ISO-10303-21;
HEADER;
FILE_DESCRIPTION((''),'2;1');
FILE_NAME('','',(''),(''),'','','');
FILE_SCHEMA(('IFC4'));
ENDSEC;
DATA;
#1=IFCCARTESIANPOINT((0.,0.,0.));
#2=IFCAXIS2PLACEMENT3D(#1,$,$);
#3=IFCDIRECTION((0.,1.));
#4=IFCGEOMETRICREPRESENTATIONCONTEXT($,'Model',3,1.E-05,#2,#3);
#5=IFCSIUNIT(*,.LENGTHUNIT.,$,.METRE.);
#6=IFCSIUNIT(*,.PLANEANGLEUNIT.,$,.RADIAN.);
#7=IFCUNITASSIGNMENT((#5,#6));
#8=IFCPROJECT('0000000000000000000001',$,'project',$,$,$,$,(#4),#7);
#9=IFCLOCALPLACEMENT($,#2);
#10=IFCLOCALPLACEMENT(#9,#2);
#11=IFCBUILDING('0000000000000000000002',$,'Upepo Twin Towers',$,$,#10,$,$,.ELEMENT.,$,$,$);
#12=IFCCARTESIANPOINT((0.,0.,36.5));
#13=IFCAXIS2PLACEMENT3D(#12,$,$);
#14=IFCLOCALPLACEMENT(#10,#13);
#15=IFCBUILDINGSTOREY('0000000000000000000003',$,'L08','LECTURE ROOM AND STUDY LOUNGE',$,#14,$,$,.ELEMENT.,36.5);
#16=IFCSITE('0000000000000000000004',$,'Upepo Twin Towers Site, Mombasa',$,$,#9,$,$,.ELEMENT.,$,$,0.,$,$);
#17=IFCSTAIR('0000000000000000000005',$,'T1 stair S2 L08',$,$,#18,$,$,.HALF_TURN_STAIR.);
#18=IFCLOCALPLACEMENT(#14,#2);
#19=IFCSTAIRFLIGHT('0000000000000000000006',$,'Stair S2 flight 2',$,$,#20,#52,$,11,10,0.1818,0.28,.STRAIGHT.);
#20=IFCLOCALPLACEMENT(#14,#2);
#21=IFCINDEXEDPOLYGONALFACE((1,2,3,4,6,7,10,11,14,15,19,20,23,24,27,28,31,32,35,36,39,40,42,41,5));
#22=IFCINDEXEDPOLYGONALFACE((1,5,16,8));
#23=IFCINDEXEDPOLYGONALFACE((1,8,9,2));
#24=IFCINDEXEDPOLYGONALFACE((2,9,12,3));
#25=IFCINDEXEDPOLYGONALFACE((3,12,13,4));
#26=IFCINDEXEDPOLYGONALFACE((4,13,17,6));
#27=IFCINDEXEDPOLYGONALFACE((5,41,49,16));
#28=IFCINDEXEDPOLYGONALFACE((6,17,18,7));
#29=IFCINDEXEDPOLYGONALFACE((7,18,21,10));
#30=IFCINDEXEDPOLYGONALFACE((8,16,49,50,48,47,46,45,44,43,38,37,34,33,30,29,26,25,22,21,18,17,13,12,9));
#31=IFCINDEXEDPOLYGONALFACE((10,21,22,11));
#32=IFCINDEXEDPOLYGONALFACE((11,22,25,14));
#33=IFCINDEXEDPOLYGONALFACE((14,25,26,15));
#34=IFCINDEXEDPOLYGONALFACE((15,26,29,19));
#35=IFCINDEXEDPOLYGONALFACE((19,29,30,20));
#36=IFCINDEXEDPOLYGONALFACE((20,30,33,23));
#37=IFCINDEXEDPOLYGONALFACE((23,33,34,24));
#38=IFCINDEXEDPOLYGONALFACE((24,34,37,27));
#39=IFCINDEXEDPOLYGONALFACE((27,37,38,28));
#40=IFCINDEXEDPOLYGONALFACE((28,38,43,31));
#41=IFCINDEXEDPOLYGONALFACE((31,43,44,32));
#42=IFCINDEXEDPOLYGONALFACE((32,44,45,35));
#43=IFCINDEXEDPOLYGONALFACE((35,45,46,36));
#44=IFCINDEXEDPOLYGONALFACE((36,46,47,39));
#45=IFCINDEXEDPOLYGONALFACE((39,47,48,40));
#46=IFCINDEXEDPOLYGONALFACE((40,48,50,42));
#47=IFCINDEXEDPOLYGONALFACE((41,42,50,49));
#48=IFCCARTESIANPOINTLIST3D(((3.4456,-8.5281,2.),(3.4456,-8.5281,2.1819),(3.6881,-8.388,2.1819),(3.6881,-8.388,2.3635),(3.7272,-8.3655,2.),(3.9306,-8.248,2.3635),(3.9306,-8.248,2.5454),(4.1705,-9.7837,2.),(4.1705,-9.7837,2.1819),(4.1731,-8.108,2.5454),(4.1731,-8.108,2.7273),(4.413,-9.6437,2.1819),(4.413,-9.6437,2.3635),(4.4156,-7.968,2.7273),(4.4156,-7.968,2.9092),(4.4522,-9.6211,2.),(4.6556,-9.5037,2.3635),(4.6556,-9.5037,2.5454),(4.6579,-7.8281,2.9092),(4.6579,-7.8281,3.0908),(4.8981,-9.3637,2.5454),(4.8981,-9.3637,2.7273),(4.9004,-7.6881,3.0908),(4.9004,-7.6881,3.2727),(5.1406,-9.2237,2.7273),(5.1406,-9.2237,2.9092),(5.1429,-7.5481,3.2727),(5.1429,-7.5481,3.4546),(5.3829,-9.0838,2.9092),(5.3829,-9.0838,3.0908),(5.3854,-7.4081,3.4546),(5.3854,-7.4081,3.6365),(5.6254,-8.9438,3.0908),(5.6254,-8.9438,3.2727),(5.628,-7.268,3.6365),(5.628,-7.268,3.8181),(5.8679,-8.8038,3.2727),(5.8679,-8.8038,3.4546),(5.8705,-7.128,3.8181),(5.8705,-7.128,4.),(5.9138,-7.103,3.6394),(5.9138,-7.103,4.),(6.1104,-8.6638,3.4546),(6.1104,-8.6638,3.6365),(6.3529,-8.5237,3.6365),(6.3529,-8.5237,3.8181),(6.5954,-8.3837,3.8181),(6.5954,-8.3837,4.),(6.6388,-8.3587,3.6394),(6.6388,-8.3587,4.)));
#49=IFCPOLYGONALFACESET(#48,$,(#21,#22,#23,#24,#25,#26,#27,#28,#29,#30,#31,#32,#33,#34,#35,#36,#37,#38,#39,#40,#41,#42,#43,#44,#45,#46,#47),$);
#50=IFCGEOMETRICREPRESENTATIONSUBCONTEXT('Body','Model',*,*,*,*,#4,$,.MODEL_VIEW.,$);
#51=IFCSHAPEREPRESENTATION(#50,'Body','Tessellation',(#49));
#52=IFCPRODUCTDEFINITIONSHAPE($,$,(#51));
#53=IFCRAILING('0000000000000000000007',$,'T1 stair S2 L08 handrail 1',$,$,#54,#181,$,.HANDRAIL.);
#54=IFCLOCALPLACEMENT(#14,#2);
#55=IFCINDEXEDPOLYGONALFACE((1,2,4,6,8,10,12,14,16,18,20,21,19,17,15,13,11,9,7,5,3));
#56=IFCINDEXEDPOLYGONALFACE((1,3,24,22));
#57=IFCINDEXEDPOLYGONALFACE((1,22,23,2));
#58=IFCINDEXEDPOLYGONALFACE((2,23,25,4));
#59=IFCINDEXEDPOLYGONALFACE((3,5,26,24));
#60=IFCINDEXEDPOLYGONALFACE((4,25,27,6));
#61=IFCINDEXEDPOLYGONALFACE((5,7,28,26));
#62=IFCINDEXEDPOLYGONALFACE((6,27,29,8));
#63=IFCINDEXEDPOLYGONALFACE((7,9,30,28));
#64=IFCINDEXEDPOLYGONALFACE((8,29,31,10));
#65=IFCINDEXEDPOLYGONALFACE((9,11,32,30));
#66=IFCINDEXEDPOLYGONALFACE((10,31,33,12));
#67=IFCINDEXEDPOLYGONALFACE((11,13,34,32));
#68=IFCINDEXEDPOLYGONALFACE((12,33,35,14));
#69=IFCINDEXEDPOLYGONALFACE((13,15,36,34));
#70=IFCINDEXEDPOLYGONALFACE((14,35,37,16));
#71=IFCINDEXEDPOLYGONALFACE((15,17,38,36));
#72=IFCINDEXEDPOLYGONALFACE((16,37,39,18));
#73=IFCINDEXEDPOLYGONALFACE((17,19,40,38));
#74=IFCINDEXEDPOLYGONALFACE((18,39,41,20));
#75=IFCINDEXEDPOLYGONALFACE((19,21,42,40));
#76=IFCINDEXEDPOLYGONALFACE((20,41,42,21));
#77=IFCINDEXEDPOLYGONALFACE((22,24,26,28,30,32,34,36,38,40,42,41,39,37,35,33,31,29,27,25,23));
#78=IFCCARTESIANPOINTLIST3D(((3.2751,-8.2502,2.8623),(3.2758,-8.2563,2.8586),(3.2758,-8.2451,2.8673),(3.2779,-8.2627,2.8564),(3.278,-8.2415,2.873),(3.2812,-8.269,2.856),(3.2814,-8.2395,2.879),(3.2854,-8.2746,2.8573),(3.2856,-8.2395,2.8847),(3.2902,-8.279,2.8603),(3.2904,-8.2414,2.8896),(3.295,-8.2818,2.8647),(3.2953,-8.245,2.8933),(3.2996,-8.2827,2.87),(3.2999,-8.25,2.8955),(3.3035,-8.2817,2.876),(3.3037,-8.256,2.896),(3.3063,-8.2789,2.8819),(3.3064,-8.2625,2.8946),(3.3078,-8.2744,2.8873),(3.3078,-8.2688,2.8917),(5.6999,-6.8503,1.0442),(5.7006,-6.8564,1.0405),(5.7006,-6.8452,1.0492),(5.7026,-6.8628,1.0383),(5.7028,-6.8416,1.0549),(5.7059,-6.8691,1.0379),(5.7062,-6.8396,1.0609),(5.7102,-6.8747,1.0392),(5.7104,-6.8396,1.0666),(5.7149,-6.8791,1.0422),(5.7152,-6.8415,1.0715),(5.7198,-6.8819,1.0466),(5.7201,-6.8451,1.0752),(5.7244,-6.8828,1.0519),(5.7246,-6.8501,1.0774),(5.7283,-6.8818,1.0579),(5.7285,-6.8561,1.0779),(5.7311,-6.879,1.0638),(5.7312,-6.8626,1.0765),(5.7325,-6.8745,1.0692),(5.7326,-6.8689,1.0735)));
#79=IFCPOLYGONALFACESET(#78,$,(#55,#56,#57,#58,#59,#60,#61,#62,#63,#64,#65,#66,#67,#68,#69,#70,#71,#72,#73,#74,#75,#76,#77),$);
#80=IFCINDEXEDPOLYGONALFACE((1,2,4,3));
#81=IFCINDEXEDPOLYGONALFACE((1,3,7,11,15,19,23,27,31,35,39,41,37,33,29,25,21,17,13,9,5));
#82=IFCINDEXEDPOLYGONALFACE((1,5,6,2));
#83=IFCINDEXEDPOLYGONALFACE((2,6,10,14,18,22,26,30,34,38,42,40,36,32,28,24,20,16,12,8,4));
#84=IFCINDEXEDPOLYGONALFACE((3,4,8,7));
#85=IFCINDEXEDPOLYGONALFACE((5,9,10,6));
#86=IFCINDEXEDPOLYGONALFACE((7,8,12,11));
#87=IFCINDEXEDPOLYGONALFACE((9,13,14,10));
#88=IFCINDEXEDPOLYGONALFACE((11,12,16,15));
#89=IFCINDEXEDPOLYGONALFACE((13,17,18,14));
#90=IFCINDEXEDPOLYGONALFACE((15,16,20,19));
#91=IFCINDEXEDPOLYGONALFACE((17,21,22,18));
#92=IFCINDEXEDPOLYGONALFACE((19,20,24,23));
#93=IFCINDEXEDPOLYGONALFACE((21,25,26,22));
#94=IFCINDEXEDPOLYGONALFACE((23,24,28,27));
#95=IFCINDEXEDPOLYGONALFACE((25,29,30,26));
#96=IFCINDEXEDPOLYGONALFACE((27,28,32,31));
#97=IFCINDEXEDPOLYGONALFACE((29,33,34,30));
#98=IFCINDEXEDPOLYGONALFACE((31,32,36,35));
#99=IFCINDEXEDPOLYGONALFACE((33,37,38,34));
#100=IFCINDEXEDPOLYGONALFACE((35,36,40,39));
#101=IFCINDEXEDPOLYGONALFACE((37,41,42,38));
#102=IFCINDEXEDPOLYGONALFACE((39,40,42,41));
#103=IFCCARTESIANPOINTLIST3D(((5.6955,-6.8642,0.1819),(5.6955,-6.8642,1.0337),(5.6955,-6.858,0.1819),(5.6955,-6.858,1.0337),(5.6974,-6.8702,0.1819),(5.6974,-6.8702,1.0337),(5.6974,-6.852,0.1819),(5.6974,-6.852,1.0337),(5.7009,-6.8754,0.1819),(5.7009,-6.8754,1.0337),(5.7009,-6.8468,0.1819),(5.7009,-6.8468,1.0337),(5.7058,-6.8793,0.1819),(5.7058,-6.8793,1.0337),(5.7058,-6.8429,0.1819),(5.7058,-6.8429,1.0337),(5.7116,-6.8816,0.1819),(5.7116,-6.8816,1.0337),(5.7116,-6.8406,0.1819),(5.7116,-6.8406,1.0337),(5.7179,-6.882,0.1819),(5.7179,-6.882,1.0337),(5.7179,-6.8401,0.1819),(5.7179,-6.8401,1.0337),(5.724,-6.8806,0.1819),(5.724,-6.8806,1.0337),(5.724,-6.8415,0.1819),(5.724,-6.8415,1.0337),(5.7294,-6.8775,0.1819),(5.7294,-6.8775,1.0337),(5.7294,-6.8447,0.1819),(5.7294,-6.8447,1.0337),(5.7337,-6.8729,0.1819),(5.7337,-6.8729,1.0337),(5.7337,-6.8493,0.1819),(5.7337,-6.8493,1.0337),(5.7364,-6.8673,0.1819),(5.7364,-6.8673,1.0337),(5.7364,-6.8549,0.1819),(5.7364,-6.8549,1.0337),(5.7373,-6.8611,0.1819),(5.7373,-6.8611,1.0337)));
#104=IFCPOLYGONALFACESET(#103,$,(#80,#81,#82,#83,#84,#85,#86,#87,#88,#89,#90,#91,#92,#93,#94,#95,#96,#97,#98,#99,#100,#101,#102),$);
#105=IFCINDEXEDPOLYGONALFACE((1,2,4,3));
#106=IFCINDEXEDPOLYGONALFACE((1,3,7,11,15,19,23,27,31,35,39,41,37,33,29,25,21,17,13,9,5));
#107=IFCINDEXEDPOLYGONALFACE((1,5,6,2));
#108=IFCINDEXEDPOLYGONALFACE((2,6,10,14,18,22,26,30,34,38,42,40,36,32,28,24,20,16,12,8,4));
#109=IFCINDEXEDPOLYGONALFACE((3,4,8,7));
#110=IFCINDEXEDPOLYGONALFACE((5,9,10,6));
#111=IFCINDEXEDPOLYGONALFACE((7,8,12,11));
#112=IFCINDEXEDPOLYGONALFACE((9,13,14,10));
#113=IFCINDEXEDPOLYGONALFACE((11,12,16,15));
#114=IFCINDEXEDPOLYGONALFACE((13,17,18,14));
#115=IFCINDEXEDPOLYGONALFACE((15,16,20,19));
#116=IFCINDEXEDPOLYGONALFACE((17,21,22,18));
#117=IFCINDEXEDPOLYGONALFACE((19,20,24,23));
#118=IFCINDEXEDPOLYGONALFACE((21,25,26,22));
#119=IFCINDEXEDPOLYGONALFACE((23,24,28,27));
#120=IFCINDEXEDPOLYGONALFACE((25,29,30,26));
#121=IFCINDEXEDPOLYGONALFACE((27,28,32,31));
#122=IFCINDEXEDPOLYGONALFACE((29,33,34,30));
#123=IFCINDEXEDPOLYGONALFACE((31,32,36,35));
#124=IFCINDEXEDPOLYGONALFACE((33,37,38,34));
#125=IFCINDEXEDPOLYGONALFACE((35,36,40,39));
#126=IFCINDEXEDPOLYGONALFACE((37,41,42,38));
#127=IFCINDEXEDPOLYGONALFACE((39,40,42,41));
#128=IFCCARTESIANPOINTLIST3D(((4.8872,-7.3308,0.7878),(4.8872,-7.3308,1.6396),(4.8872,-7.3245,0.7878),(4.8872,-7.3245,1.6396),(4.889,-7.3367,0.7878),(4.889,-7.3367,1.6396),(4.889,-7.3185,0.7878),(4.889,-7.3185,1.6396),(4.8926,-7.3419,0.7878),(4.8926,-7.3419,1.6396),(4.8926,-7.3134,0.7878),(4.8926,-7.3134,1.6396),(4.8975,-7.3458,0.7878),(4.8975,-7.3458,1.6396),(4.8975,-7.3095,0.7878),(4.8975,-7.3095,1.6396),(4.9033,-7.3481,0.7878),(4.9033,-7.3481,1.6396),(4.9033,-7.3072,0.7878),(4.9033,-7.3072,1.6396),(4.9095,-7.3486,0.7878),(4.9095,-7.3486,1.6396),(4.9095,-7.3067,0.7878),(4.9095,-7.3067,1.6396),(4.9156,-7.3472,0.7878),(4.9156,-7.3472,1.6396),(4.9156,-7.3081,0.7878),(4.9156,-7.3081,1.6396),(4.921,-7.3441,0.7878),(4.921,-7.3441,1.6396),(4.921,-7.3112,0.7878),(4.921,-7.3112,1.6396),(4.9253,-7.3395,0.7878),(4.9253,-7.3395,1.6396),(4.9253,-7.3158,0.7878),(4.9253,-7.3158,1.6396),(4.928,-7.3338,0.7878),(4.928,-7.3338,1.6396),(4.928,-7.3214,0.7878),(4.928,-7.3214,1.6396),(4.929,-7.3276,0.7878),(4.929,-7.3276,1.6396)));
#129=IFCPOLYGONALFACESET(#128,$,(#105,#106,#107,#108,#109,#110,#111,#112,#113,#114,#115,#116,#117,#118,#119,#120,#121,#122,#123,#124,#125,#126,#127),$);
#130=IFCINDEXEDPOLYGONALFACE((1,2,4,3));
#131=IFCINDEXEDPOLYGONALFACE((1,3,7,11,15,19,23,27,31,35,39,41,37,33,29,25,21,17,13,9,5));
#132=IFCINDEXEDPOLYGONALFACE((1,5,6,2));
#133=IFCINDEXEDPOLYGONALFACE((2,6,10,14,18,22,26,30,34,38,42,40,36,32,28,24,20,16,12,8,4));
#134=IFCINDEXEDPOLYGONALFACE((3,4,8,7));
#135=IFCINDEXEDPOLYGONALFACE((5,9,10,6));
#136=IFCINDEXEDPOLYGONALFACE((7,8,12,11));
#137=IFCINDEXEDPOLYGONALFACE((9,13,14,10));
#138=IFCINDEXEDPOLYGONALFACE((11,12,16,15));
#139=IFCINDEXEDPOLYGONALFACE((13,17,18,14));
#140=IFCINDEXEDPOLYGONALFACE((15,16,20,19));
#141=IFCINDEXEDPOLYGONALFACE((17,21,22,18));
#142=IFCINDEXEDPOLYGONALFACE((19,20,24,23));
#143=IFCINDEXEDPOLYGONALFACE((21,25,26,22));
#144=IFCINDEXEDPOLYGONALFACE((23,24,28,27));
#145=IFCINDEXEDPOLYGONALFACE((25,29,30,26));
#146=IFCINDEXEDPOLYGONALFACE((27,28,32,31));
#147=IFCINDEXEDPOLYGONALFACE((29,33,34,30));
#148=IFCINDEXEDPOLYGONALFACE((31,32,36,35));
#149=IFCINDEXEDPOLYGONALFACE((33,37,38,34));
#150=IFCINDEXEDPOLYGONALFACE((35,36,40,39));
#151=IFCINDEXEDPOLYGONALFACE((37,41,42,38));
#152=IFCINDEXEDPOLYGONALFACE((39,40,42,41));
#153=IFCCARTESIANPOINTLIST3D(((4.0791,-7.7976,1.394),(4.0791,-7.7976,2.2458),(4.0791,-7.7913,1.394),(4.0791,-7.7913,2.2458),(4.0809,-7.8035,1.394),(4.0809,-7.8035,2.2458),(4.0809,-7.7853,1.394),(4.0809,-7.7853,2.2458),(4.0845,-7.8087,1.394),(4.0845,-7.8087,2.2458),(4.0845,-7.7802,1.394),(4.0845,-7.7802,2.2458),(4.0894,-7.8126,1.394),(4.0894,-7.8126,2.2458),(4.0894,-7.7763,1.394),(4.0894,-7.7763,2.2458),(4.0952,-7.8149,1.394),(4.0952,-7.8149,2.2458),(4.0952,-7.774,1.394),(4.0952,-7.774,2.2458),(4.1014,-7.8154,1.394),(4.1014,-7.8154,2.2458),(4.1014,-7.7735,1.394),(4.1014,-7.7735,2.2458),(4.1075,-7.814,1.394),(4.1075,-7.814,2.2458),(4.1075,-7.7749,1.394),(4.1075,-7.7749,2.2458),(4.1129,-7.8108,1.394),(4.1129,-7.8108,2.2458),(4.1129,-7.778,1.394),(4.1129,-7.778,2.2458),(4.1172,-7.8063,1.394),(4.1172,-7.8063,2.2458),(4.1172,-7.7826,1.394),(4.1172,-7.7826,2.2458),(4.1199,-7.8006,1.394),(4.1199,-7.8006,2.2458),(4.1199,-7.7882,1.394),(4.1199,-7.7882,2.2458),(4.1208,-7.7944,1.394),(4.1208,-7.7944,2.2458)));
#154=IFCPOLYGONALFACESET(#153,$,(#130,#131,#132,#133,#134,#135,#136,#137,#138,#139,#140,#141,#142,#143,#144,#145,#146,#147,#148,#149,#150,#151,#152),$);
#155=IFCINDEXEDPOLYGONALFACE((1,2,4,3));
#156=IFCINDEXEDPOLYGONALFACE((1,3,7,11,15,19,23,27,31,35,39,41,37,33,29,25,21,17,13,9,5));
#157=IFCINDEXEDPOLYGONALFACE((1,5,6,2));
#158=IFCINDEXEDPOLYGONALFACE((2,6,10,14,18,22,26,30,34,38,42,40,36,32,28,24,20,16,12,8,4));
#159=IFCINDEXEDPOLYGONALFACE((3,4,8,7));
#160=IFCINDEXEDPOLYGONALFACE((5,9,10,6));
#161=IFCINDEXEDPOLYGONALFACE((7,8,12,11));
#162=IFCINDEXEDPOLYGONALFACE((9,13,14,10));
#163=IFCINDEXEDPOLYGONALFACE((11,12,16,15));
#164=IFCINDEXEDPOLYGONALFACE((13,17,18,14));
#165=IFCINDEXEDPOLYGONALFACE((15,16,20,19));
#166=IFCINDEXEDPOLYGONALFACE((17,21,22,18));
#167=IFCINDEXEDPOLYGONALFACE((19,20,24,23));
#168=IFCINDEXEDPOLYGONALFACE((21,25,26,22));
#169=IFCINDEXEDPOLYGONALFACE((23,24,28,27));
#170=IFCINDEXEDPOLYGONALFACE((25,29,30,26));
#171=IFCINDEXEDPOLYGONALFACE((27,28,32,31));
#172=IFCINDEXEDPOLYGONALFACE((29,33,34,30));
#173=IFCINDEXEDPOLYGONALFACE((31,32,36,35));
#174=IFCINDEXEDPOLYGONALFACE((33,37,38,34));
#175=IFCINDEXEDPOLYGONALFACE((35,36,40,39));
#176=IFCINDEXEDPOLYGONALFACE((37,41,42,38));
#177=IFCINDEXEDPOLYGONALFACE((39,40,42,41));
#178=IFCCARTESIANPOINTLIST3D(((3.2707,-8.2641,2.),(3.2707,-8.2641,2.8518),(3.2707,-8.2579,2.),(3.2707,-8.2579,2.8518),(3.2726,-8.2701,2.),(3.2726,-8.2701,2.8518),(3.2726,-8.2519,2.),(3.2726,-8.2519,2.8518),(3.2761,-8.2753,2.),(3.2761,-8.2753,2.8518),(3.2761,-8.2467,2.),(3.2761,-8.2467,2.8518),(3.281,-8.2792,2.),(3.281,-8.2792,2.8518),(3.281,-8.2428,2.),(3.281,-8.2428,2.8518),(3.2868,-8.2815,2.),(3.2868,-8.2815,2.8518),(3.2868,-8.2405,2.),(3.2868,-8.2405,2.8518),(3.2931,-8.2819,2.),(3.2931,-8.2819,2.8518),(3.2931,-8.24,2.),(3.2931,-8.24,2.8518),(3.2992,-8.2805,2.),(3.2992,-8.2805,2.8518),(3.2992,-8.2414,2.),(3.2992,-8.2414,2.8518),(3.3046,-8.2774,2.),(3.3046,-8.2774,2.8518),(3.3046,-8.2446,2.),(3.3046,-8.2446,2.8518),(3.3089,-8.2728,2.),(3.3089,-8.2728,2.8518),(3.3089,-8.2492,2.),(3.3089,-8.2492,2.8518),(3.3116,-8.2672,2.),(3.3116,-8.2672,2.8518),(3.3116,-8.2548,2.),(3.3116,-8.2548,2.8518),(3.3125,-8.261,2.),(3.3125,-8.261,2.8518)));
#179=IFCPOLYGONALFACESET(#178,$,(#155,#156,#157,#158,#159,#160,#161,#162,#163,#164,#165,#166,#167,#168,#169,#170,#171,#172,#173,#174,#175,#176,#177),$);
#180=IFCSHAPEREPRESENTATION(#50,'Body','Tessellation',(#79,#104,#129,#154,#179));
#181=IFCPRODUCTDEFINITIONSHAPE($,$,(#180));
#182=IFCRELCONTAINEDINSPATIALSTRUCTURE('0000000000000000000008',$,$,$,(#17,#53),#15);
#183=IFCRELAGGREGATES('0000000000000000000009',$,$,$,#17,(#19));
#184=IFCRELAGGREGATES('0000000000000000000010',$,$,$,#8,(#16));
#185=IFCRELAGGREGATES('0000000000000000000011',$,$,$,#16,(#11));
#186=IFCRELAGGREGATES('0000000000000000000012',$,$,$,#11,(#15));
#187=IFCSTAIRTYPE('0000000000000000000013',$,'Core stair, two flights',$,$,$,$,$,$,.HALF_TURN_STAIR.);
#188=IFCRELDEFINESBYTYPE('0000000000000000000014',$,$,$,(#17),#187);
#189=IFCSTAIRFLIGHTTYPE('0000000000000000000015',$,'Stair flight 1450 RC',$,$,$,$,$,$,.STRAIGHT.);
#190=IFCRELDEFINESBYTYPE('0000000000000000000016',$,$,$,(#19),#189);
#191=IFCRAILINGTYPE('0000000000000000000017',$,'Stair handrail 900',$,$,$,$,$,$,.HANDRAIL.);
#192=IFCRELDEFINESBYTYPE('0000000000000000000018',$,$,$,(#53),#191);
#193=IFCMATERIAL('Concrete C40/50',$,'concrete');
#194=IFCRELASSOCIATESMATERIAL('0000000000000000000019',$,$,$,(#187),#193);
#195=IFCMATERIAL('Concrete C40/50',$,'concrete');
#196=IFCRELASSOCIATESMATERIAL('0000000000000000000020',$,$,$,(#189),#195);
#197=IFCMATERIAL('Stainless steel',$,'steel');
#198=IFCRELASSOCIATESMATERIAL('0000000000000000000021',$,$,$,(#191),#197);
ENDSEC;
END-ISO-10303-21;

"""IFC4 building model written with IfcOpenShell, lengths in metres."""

from ifc_helpers import new_model, si_unit, direction, frame, origin, origin_2d, place, context, subcontext, project, spatial, polyline, circle, outline, extrude, material, type_object, element, aggregate, save


model = new_model("IFC4")

# Units and contexts
model_context = context("Model", 3, precision=1e-05, world=origin(), true_north=direction((0.0, 1.0)))
body_context = subcontext(model_context, "Body", "Model", "MODEL_VIEW")
ifc_project = project(units=[si_unit("LENGTHUNIT", "METRE"), si_unit("PLANEANGLEUNIT", "RADIAN")], contexts=[model_context])

# Site, building, storey
site_placement = place(None, origin())
site = spatial("IfcSite", under=ifc_project, at=site_placement, Name="Upepo Twin Towers Site, Mombasa", CompositionType="ELEMENT", RefElevation=0.0)
building_placement = place(site_placement, origin())
building = spatial("IfcBuilding", under=site, at=building_placement, Name="Upepo Twin Towers", CompositionType="ELEMENT")
storey_placement = place(building_placement, frame((0.0, 0.0, 36.5)))
storey = spatial("IfcBuildingStorey", under=building, at=storey_placement, Name="L08", Description="LECTURE ROOM AND STUDY LOUNGE", CompositionType="ELEMENT", Elevation=36.5)

# Stair, stair flight
ifc_material_1 = material(Name="Concrete C40/50", Category="concrete")
stair_type = type_object("IfcStairType", Name="Core stair, two flights", PredefinedType="HALF_TURN_STAIR", material=ifc_material_1)
stair_placement = place(storey_placement, origin())
stair = element("IfcStair", 1, at=stair_placement, inside=storey, type_object=stair_type, Name="T1 stair S2 L08", PredefinedType="HALF_TURN_STAIR")
ifc_material_2 = material(Name="Concrete C40/50", Category="concrete")
stair_flight_type = type_object("IfcStairFlightType", Name="Stair flight 1450 RC", PredefinedType="STRAIGHT", material=ifc_material_2)
stair_flight_1_placement = place(storey_placement, frame((3.8081, -9.156, 2.0), z_axis=(0.0, 0.0, 1.0), x_axis=(0.866025, 0.5, 0.0)))
stair_flight_1 = element("IfcStairFlight", 2, at=stair_flight_1_placement, type_object=stair_flight_type, Name="Stair S2 flight 2", NumberOfRisers=11, NumberOfTreads=10, PredefinedType="STRAIGHT", RiserHeight=0.1818, TreadLength=0.28, context=body_context, shape_type="SweptSolid", body=[
    extrude(outline(polyline([(0.0, 0.0), (0.0, 0.1819), (0.28, 0.1819), (0.28, 0.3635), (0.5601, 0.3635), (0.5601, 0.5454), (0.8401, 0.5454), (0.8401, 0.7273), (1.1201, 0.7273), (1.1201, 0.9092), (1.3999, 0.9092), (1.3999, 1.0908), (1.6799, 1.0908), (1.6799, 1.2727), (1.96, 1.2727), (1.96, 1.4546), (2.24, 1.4546), (2.24, 1.6365), (2.52, 1.6365), (2.52, 1.8181), (2.8, 1.8181), (2.8, 2.0), (2.8501, 2.0), (2.8501, 1.6394), (0.3252, 0.0), (0.0, 0.0)])), frame((0.0, 0.7251, 0.0), z_axis=(0.0, -1.0, 0.0), x_axis=(1.0, 0.0, 0.0)), (0.0, 0.0, 1.0), 1.45),
])
aggregate(stair, [stair_flight_1])

# Railing
ifc_material_3 = material(Name="Stainless steel", Category="steel")
railing_type = type_object("IfcRailingType", Name="Stair handrail 900", PredefinedType="HANDRAIL", material=ifc_material_3)
railing_1_placement = place(storey_placement, frame((5.7163, -6.8611, 0.1819)))
element("IfcRailing", 3, at=railing_1_placement, inside=storey, type_object=railing_type, Name="T1 stair S2 L08 handrail 1", PredefinedType="HANDRAIL", context=body_context, shape_type="SweptSolid", body=[
    extrude(circle(Radius=0.0239, at=origin_2d()), frame((0.0, 0.0, 0.876), z_axis=(-0.726336, -0.419333, 0.544606), x_axis=(0.499984, -0.866035, 0.0)), (0.0, 0.0, 1.0), 3.3384),
    extrude(circle(Radius=0.021, at=origin_2d()), origin(), (0.0, 0.0, 1.0), 0.8518),
    extrude(circle(Radius=0.021, at=origin_2d()), frame((-0.8083, -0.4666, 0.606)), (0.0, 0.0, 1.0), 0.8518),
    extrude(circle(Radius=0.021, at=origin_2d()), frame((-1.6165, -0.9333, 1.2122)), (0.0, 0.0, 1.0), 0.8518),
    extrude(circle(Radius=0.021, at=origin_2d()), frame((-2.4248, -1.3999, 1.8181)), (0.0, 0.0, 1.0), 0.8518),
])

save(model, "model.ifc")
